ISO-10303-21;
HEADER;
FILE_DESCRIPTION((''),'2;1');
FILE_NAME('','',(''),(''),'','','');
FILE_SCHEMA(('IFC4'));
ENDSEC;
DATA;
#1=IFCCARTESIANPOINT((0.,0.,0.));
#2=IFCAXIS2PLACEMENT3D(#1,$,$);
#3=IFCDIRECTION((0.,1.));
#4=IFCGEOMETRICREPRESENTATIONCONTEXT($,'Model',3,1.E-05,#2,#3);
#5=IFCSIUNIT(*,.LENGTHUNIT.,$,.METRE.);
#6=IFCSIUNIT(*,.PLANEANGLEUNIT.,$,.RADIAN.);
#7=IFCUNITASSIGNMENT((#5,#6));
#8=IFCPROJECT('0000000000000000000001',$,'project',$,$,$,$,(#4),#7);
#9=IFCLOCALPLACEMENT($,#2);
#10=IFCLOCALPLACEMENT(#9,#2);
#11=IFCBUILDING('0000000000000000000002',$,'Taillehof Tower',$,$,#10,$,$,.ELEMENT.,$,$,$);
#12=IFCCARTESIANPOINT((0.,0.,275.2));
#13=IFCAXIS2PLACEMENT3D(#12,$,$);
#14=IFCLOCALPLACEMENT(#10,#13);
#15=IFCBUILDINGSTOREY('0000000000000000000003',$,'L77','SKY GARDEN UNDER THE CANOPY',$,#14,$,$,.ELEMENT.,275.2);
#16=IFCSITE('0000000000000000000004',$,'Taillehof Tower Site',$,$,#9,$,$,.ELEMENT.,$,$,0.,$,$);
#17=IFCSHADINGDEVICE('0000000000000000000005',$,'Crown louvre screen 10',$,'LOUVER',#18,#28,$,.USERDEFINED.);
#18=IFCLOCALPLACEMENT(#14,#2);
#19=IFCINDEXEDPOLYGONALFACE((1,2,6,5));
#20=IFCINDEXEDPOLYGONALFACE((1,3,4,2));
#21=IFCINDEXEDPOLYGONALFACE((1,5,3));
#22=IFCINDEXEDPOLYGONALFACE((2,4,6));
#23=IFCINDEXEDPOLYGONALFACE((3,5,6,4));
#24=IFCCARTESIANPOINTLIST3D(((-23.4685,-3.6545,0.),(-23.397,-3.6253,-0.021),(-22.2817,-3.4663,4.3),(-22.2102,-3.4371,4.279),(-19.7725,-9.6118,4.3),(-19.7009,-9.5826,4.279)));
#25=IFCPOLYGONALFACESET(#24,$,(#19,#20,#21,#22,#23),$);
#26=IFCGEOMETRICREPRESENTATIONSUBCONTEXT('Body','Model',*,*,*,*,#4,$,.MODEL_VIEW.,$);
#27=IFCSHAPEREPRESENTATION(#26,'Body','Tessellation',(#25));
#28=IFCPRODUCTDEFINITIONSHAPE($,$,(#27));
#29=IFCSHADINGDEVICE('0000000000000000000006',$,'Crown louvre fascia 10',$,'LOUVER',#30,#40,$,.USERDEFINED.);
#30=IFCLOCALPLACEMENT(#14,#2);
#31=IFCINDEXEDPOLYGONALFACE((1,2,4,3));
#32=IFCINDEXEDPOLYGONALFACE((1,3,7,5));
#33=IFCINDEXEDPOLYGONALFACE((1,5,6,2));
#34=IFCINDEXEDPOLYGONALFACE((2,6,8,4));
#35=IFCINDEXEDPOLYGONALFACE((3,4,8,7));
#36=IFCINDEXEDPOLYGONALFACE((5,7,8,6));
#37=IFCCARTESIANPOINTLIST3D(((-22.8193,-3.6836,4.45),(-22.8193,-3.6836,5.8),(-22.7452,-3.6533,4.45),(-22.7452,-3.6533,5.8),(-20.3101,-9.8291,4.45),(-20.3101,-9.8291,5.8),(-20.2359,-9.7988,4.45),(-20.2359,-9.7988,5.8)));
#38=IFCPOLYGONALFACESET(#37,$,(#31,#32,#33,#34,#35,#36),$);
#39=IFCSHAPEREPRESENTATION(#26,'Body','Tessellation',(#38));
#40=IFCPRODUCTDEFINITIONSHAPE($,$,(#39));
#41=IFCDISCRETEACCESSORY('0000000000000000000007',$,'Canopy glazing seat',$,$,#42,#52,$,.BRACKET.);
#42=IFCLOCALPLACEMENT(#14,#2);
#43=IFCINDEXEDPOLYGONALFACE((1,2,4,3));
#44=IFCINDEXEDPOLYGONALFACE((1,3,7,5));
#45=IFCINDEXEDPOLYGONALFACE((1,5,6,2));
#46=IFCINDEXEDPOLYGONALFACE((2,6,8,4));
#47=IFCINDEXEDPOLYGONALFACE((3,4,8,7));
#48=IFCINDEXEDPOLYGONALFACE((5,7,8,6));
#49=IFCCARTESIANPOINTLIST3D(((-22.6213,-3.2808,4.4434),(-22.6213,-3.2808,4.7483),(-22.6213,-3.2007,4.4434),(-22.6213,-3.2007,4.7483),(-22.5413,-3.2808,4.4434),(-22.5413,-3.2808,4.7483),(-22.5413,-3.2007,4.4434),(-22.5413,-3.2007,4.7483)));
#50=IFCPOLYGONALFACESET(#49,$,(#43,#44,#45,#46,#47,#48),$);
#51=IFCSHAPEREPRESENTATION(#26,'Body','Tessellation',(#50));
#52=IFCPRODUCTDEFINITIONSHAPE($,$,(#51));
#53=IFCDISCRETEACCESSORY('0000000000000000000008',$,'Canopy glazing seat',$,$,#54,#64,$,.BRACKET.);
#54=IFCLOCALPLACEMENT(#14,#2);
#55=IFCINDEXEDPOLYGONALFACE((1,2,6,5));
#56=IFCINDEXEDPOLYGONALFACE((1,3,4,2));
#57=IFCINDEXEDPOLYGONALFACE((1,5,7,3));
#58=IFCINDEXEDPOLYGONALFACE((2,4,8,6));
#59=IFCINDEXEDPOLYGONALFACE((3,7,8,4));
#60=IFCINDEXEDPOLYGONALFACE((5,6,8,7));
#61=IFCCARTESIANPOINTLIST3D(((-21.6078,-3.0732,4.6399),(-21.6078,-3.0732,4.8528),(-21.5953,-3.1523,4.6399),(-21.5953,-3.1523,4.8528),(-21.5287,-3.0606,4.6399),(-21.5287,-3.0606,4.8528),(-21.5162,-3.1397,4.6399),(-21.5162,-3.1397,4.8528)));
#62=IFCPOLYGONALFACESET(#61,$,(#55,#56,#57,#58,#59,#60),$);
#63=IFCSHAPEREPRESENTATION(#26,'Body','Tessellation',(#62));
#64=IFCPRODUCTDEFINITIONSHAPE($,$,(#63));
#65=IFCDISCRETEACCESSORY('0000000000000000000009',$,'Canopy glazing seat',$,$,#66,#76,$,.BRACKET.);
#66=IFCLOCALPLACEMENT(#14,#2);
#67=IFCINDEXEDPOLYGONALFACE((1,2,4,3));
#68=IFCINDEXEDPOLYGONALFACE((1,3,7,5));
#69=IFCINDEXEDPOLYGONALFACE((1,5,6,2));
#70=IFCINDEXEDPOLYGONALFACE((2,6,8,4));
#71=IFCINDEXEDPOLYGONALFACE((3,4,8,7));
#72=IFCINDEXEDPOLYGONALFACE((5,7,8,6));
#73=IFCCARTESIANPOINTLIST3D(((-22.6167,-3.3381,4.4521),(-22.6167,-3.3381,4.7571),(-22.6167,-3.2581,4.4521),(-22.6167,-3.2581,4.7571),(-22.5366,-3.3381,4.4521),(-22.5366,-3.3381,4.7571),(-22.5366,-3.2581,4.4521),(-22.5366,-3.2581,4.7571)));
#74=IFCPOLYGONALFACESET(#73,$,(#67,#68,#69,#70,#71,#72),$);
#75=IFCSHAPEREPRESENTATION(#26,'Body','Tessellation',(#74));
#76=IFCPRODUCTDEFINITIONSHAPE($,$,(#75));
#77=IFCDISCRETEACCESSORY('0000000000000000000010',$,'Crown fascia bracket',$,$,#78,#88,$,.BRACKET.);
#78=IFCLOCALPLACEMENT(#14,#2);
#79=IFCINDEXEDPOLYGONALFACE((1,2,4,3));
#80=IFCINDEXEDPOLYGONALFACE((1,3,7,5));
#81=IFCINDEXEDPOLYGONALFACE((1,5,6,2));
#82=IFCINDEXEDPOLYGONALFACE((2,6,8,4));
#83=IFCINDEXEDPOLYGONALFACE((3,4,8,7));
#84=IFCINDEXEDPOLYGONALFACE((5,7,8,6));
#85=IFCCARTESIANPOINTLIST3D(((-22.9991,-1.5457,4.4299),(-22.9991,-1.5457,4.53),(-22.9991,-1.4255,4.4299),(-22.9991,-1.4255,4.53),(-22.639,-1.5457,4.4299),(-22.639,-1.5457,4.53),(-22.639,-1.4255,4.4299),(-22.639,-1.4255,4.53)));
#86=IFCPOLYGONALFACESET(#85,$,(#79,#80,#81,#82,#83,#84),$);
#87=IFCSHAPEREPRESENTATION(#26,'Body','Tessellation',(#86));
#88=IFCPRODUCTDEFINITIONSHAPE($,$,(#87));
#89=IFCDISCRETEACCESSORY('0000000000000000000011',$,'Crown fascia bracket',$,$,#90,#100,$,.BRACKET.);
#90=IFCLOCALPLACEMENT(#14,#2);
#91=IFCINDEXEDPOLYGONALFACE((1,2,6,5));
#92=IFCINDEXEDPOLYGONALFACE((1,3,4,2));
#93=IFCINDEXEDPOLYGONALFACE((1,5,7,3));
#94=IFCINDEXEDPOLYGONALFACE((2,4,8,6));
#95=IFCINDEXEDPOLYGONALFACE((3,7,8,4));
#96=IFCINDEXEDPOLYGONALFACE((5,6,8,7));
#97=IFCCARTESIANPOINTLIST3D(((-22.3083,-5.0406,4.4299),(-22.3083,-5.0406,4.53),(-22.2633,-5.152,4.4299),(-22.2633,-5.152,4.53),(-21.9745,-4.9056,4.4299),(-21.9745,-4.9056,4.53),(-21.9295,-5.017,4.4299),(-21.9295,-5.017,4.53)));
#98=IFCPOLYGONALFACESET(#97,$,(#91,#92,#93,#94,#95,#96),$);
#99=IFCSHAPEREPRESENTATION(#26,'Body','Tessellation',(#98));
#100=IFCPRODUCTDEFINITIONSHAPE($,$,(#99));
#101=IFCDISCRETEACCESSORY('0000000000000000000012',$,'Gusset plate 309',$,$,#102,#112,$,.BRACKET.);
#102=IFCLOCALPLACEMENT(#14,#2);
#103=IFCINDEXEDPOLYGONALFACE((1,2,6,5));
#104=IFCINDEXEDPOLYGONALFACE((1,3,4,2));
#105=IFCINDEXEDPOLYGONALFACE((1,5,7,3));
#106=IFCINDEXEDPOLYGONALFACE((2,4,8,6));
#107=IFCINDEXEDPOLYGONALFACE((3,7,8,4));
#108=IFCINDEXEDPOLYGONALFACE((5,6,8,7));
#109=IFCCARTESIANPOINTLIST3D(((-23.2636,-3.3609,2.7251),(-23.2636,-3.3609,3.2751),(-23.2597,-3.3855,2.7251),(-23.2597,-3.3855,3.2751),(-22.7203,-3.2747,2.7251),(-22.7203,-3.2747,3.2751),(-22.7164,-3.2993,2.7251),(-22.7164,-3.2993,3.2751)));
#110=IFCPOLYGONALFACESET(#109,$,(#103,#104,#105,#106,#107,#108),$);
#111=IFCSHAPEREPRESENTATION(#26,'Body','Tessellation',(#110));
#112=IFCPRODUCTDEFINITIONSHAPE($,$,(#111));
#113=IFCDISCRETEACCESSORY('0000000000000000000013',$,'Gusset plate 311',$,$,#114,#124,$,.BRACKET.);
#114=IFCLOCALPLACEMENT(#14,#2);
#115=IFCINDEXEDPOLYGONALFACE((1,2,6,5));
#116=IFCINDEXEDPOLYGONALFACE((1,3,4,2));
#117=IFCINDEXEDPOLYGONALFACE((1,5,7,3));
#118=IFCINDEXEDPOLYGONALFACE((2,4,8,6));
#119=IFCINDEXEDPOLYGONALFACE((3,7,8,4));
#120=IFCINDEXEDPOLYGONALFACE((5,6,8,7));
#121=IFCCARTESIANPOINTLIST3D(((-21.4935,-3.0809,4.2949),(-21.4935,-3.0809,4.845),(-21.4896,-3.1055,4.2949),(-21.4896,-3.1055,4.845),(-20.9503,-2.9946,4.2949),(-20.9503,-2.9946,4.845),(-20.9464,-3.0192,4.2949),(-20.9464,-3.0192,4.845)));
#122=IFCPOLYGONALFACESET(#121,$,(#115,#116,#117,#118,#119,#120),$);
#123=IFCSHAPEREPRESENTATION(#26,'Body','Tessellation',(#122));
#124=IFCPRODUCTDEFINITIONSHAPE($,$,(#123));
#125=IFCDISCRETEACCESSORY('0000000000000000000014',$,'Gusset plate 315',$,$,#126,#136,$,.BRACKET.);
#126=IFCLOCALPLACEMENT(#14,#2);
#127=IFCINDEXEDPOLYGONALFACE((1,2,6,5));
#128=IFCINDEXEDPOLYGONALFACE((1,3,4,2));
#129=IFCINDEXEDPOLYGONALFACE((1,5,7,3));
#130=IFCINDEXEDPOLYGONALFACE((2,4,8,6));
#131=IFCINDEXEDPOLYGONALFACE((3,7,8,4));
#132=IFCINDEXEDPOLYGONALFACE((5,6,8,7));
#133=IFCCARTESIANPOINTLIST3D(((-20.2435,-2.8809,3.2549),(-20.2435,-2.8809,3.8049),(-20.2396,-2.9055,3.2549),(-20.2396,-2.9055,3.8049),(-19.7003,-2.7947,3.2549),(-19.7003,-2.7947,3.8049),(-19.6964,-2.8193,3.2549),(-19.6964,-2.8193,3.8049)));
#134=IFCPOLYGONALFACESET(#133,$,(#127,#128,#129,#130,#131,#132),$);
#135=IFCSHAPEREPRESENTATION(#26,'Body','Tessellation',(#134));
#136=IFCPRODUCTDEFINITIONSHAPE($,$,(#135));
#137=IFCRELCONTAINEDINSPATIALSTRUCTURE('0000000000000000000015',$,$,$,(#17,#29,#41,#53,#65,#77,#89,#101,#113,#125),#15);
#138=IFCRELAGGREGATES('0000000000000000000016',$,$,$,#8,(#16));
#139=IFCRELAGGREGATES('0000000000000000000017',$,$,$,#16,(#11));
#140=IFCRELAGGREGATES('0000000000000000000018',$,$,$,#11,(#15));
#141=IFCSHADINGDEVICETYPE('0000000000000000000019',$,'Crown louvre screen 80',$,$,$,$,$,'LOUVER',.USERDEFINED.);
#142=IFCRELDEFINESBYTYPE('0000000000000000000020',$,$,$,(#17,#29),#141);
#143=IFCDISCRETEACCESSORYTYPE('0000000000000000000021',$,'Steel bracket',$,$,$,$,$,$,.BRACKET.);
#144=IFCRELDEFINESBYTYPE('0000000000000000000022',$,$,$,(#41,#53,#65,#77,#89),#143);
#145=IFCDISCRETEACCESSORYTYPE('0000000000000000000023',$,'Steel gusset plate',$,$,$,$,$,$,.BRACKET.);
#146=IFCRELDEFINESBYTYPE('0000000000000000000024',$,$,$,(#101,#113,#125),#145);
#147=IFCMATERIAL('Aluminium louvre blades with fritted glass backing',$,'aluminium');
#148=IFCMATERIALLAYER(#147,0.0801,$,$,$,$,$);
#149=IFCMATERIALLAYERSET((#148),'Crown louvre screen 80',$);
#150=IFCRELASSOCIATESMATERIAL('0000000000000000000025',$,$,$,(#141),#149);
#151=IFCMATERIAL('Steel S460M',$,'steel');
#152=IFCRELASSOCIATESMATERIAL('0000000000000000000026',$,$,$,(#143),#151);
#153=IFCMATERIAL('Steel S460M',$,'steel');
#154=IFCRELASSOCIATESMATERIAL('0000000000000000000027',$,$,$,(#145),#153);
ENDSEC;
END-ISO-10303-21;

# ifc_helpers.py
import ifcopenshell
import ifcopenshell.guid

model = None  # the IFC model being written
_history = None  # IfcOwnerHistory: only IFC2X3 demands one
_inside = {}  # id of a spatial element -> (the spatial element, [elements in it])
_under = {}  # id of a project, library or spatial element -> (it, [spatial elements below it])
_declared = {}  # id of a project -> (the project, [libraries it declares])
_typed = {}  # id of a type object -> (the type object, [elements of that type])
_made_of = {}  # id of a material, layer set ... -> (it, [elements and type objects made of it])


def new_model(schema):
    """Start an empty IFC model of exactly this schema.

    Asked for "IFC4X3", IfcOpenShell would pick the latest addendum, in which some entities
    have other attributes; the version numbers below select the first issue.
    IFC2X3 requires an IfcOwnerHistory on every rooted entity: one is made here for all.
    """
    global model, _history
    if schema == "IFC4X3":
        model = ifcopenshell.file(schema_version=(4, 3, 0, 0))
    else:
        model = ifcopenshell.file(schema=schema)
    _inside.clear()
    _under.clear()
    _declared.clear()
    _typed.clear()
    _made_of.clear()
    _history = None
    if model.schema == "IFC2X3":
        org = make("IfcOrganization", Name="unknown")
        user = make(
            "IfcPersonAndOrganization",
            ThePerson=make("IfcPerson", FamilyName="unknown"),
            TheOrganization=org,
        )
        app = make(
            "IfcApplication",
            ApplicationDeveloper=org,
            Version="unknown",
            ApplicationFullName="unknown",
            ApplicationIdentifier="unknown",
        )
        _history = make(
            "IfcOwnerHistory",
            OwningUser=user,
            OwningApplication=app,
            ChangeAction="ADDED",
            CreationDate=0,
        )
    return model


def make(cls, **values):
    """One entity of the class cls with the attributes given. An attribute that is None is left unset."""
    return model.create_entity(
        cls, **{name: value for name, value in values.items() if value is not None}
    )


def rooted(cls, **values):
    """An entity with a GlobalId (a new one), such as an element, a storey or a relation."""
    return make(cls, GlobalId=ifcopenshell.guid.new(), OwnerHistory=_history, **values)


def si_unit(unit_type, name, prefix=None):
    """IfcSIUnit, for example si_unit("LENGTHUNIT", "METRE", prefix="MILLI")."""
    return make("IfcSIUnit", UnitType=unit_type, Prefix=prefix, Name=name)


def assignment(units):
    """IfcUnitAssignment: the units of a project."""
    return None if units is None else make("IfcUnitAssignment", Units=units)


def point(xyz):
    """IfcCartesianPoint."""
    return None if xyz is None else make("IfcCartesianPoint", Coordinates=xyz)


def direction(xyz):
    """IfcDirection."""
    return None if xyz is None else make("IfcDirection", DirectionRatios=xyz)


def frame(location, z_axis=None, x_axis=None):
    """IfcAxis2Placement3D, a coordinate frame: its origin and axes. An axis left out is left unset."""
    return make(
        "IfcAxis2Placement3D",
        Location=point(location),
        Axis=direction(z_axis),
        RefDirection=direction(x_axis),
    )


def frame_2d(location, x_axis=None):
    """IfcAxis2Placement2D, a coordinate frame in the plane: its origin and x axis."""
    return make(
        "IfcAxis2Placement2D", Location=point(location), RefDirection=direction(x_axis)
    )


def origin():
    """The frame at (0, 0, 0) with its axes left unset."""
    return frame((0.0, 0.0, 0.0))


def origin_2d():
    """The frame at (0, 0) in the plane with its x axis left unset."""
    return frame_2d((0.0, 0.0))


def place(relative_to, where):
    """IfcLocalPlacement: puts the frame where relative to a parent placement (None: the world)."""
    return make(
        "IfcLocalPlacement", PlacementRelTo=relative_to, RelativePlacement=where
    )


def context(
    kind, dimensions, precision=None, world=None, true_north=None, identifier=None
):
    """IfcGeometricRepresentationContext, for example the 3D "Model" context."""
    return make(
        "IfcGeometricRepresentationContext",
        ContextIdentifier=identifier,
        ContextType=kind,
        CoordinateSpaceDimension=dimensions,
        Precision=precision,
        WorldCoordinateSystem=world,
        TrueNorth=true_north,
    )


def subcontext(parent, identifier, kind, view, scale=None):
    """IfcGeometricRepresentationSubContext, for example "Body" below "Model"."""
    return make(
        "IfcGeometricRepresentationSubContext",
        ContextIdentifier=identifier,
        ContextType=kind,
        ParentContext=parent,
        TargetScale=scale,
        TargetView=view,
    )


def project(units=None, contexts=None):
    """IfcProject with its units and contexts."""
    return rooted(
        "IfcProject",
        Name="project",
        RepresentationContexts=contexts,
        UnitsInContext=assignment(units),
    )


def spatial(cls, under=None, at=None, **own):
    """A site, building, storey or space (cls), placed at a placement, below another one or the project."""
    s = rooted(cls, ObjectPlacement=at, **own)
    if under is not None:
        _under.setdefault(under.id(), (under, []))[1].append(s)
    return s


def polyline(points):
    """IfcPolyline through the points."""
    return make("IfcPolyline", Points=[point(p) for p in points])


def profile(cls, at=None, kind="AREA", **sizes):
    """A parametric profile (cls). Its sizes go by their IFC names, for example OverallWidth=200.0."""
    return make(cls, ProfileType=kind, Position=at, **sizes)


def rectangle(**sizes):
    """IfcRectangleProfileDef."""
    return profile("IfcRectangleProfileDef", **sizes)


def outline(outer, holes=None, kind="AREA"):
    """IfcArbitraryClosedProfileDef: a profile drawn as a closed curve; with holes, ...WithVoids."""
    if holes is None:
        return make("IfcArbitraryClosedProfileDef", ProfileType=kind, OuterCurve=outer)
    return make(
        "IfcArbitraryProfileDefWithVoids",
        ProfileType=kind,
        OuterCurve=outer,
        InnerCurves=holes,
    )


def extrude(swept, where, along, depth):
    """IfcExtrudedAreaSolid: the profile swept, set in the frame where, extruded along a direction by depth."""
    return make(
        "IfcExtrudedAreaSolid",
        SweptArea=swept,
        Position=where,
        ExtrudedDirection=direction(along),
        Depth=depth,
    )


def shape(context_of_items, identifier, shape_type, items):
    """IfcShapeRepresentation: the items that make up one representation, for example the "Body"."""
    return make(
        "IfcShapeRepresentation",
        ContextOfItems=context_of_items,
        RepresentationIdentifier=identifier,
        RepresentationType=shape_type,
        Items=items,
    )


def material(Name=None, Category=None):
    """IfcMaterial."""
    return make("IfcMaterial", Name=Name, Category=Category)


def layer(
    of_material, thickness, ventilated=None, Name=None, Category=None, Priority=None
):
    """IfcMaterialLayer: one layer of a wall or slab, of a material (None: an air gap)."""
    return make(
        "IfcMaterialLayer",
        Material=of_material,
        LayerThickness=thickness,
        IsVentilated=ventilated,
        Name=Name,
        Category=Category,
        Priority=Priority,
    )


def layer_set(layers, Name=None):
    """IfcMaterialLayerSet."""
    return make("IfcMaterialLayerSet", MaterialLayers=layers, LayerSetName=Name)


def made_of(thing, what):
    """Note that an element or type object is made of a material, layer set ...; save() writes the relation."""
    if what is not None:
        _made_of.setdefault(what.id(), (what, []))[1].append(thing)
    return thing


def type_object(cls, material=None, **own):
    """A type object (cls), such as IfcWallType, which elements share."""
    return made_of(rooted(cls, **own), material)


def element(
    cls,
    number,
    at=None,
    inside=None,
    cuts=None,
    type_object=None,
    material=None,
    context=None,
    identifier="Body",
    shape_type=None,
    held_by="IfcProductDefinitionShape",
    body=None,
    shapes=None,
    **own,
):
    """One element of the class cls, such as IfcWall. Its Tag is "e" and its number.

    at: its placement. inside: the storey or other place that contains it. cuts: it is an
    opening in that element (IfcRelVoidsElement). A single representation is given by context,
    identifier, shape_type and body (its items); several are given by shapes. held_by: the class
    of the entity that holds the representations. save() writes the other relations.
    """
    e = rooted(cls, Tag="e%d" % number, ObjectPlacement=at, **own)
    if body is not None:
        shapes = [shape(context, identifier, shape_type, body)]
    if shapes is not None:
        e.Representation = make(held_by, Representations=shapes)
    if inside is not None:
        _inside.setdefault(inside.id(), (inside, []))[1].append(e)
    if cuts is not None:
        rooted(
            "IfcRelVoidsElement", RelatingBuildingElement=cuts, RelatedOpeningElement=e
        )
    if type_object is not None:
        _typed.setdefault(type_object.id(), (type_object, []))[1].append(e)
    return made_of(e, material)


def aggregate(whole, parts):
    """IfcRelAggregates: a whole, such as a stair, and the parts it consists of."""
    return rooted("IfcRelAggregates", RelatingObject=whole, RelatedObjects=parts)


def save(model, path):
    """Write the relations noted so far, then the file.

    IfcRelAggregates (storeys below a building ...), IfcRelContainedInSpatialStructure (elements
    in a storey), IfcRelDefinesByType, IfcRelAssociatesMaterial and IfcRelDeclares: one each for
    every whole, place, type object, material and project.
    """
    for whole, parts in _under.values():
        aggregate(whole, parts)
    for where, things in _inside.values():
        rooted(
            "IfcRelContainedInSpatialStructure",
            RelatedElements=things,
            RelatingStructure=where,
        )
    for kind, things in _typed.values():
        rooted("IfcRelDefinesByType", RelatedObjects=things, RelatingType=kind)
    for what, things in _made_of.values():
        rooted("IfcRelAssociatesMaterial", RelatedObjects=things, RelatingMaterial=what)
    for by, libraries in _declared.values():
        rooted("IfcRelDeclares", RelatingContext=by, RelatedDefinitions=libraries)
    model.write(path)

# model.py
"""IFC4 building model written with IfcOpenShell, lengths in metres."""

from ifc_helpers import new_model, si_unit, direction, frame, origin, origin_2d, place, context, subcontext, project, spatial, polyline, rectangle, outline, extrude, material, layer, layer_set, type_object, element, save


model = new_model("IFC4")

# Units and contexts
model_context = context("Model", 3, precision=1e-05, world=origin(), true_north=direction((0.0, 1.0)))
body_context = subcontext(model_context, "Body", "Model", "MODEL_VIEW")
ifc_project = project(units=[si_unit("LENGTHUNIT", "METRE"), si_unit("PLANEANGLEUNIT", "RADIAN")], contexts=[model_context])

# Site, building, storey
site_placement = place(None, origin())
site = spatial("IfcSite", under=ifc_project, at=site_placement, Name="Taillehof Tower Site", CompositionType="ELEMENT", RefElevation=0.0)
building_placement = place(site_placement, origin())
building = spatial("IfcBuilding", under=site, at=building_placement, Name="Taillehof Tower", CompositionType="ELEMENT")
storey_placement = place(building_placement, frame((0.0, 0.0, 275.2)))
storey = spatial("IfcBuildingStorey", under=building, at=storey_placement, Name="L77", Description="SKY GARDEN UNDER THE CANOPY", CompositionType="ELEMENT", Elevation=275.2)

# Shading devices
ifc_material_1 = material(Name="Aluminium louvre blades with fritted glass backing", Category="aluminium")
ifc_layer_1 = layer(ifc_material_1, 0.0801)
ifc_layer_set_1 = layer_set([ifc_layer_1], Name="Crown louvre screen 80")
shading_device_type = type_object("IfcShadingDeviceType", Name="Crown louvre screen 80", ElementType="LOUVER", PredefinedType="USERDEFINED", material=ifc_layer_set_1)
shading_device_1_placement = place(storey_placement, frame((-23.4685, -3.6545, 0.0), z_axis=(-0.89333, -0.364756, 0.262516), x_axis=(0.449401, -0.724344, 0.522842)))
element("IfcShadingDevice", 1, at=shading_device_1_placement, inside=storey, type_object=shading_device_type, Name="Crown louvre screen 10", ObjectType="LOUVER", PredefinedType="USERDEFINED", context=body_context, shape_type="SweptSolid", body=[
    extrude(outline(polyline([(0.0, 0.0), (8.2244, 0.0), (2.6452, 3.5968), (0.0, 0.0)])), origin(), (0.0, 0.0, -1.0), 0.0801),
])
shading_device_2_placement = place(storey_placement, frame((-22.8193, -3.6836, 4.45), z_axis=(-0.9258, -0.378014, 0.0), x_axis=(0.378014, -0.9258, 0.0)))
element("IfcShadingDevice", 2, at=shading_device_2_placement, inside=storey, type_object=shading_device_type, Name="Crown louvre fascia 10", ObjectType="LOUVER", PredefinedType="USERDEFINED", context=body_context, shape_type="SweptSolid", body=[
    extrude(outline(polyline([(0.0, 0.0), (6.6381, 0.0), (6.6381, 1.3501), (0.0, 1.3501), (0.0, 0.0)])), origin(), (0.0, 0.0, -1.0), 0.0801),
])

# Discrete accessories
ifc_material_2 = material(Name="Steel S460M", Category="steel")
discrete_accessory_type_1 = type_object("IfcDiscreteAccessoryType", Name="Steel bracket", PredefinedType="BRACKET", material=ifc_material_2)
discrete_accessory_1_placement = place(storey_placement, frame((-22.5813, -3.2407, 4.4434), z_axis=(0.0, 0.0, 1.0), x_axis=(1.0, 0.0, 0.0)))
element("IfcDiscreteAccessory", 3, at=discrete_accessory_1_placement, inside=storey, type_object=discrete_accessory_type_1, Name="Canopy glazing seat", PredefinedType="BRACKET", context=body_context, shape_type="SweptSolid", body=[
    extrude(rectangle(XDim=0.0801, YDim=0.0801, at=origin_2d()), origin(), (0.0, 0.0, 1.0), 0.3049),
])
discrete_accessory_2_placement = place(storey_placement, frame((-21.562, -3.1064, 4.6399), z_axis=(0.0, 0.0, 1.0), x_axis=(0.987651, 0.156672, 0.0)))
element("IfcDiscreteAccessory", 4, at=discrete_accessory_2_placement, inside=storey, type_object=discrete_accessory_type_1, Name="Canopy glazing seat", PredefinedType="BRACKET", context=body_context, shape_type="SweptSolid", body=[
    extrude(rectangle(XDim=0.0801, YDim=0.0801, at=origin_2d()), origin(), (0.0, 0.0, 1.0), 0.2129),
])
discrete_accessory_3_placement = place(storey_placement, frame((-22.5767, -3.2981, 4.4521), z_axis=(0.0, 0.0, 1.0), x_axis=(1.0, 0.0, 0.0)))
element("IfcDiscreteAccessory", 5, at=discrete_accessory_3_placement, inside=storey, type_object=discrete_accessory_type_1, Name="Canopy glazing seat", PredefinedType="BRACKET", context=body_context, shape_type="SweptSolid", body=[
    extrude(rectangle(XDim=0.0801, YDim=0.0801, at=origin_2d()), origin(), (0.0, 0.0, 1.0), 0.3049),
])
for number, where, z_axis, x_axis, name in (
    (6, (-22.8191, -1.4856, 4.4299), (0.0, 0.0, 1.0), (-1.0, 0.0, 0.0), "Crown fascia bracket"),
    (7, (-22.1189, -5.0288, 4.4299), (0.0, 0.0, 1.0), (-0.927086, -0.374849, 0.0), "Crown fascia bracket"),
):
    element("IfcDiscreteAccessory", number, at=place(storey_placement, frame(where, z_axis=z_axis, x_axis=x_axis)), inside=storey, type_object=discrete_accessory_type_1, Name=name, PredefinedType="BRACKET", context=body_context, shape_type="SweptSolid", body=[
        extrude(rectangle(XDim=0.3601, YDim=0.1201, at=origin_2d()), origin(), (0.0, 0.0, 1.0), 0.1001),
    ])
ifc_material_3 = material(Name="Steel S460M", Category="steel")
discrete_accessory_type_2 = type_object("IfcDiscreteAccessoryType", Name="Steel gusset plate", PredefinedType="BRACKET", material=ifc_material_3)
for number, where, z_axis, x_axis, name in (
    (8, (-22.99, -3.3301, 2.7251), (0.0, 0.0, 1.0), (0.987636, 0.156765, 0.0), "Gusset plate 309"),
    (9, (-21.22, -3.05, 4.2949), (0.0, 0.0, 1.0), (0.987636, 0.156765, 0.0), "Gusset plate 311"),
    (10, (-19.97, -2.8501, 3.2549), (0.0, 0.0, 1.0), (0.987634, 0.156774, 0.0), "Gusset plate 315"),
):
    element("IfcDiscreteAccessory", number, at=place(storey_placement, frame(where, z_axis=z_axis, x_axis=x_axis)), inside=storey, type_object=discrete_accessory_type_2, Name=name, PredefinedType="BRACKET", context=body_context, shape_type="SweptSolid", body=[
        extrude(rectangle(XDim=0.55, YDim=0.0249, at=origin_2d()), origin(), (0.0, 0.0, 1.0), 0.55),
    ])

save(model, "model.ifc")
